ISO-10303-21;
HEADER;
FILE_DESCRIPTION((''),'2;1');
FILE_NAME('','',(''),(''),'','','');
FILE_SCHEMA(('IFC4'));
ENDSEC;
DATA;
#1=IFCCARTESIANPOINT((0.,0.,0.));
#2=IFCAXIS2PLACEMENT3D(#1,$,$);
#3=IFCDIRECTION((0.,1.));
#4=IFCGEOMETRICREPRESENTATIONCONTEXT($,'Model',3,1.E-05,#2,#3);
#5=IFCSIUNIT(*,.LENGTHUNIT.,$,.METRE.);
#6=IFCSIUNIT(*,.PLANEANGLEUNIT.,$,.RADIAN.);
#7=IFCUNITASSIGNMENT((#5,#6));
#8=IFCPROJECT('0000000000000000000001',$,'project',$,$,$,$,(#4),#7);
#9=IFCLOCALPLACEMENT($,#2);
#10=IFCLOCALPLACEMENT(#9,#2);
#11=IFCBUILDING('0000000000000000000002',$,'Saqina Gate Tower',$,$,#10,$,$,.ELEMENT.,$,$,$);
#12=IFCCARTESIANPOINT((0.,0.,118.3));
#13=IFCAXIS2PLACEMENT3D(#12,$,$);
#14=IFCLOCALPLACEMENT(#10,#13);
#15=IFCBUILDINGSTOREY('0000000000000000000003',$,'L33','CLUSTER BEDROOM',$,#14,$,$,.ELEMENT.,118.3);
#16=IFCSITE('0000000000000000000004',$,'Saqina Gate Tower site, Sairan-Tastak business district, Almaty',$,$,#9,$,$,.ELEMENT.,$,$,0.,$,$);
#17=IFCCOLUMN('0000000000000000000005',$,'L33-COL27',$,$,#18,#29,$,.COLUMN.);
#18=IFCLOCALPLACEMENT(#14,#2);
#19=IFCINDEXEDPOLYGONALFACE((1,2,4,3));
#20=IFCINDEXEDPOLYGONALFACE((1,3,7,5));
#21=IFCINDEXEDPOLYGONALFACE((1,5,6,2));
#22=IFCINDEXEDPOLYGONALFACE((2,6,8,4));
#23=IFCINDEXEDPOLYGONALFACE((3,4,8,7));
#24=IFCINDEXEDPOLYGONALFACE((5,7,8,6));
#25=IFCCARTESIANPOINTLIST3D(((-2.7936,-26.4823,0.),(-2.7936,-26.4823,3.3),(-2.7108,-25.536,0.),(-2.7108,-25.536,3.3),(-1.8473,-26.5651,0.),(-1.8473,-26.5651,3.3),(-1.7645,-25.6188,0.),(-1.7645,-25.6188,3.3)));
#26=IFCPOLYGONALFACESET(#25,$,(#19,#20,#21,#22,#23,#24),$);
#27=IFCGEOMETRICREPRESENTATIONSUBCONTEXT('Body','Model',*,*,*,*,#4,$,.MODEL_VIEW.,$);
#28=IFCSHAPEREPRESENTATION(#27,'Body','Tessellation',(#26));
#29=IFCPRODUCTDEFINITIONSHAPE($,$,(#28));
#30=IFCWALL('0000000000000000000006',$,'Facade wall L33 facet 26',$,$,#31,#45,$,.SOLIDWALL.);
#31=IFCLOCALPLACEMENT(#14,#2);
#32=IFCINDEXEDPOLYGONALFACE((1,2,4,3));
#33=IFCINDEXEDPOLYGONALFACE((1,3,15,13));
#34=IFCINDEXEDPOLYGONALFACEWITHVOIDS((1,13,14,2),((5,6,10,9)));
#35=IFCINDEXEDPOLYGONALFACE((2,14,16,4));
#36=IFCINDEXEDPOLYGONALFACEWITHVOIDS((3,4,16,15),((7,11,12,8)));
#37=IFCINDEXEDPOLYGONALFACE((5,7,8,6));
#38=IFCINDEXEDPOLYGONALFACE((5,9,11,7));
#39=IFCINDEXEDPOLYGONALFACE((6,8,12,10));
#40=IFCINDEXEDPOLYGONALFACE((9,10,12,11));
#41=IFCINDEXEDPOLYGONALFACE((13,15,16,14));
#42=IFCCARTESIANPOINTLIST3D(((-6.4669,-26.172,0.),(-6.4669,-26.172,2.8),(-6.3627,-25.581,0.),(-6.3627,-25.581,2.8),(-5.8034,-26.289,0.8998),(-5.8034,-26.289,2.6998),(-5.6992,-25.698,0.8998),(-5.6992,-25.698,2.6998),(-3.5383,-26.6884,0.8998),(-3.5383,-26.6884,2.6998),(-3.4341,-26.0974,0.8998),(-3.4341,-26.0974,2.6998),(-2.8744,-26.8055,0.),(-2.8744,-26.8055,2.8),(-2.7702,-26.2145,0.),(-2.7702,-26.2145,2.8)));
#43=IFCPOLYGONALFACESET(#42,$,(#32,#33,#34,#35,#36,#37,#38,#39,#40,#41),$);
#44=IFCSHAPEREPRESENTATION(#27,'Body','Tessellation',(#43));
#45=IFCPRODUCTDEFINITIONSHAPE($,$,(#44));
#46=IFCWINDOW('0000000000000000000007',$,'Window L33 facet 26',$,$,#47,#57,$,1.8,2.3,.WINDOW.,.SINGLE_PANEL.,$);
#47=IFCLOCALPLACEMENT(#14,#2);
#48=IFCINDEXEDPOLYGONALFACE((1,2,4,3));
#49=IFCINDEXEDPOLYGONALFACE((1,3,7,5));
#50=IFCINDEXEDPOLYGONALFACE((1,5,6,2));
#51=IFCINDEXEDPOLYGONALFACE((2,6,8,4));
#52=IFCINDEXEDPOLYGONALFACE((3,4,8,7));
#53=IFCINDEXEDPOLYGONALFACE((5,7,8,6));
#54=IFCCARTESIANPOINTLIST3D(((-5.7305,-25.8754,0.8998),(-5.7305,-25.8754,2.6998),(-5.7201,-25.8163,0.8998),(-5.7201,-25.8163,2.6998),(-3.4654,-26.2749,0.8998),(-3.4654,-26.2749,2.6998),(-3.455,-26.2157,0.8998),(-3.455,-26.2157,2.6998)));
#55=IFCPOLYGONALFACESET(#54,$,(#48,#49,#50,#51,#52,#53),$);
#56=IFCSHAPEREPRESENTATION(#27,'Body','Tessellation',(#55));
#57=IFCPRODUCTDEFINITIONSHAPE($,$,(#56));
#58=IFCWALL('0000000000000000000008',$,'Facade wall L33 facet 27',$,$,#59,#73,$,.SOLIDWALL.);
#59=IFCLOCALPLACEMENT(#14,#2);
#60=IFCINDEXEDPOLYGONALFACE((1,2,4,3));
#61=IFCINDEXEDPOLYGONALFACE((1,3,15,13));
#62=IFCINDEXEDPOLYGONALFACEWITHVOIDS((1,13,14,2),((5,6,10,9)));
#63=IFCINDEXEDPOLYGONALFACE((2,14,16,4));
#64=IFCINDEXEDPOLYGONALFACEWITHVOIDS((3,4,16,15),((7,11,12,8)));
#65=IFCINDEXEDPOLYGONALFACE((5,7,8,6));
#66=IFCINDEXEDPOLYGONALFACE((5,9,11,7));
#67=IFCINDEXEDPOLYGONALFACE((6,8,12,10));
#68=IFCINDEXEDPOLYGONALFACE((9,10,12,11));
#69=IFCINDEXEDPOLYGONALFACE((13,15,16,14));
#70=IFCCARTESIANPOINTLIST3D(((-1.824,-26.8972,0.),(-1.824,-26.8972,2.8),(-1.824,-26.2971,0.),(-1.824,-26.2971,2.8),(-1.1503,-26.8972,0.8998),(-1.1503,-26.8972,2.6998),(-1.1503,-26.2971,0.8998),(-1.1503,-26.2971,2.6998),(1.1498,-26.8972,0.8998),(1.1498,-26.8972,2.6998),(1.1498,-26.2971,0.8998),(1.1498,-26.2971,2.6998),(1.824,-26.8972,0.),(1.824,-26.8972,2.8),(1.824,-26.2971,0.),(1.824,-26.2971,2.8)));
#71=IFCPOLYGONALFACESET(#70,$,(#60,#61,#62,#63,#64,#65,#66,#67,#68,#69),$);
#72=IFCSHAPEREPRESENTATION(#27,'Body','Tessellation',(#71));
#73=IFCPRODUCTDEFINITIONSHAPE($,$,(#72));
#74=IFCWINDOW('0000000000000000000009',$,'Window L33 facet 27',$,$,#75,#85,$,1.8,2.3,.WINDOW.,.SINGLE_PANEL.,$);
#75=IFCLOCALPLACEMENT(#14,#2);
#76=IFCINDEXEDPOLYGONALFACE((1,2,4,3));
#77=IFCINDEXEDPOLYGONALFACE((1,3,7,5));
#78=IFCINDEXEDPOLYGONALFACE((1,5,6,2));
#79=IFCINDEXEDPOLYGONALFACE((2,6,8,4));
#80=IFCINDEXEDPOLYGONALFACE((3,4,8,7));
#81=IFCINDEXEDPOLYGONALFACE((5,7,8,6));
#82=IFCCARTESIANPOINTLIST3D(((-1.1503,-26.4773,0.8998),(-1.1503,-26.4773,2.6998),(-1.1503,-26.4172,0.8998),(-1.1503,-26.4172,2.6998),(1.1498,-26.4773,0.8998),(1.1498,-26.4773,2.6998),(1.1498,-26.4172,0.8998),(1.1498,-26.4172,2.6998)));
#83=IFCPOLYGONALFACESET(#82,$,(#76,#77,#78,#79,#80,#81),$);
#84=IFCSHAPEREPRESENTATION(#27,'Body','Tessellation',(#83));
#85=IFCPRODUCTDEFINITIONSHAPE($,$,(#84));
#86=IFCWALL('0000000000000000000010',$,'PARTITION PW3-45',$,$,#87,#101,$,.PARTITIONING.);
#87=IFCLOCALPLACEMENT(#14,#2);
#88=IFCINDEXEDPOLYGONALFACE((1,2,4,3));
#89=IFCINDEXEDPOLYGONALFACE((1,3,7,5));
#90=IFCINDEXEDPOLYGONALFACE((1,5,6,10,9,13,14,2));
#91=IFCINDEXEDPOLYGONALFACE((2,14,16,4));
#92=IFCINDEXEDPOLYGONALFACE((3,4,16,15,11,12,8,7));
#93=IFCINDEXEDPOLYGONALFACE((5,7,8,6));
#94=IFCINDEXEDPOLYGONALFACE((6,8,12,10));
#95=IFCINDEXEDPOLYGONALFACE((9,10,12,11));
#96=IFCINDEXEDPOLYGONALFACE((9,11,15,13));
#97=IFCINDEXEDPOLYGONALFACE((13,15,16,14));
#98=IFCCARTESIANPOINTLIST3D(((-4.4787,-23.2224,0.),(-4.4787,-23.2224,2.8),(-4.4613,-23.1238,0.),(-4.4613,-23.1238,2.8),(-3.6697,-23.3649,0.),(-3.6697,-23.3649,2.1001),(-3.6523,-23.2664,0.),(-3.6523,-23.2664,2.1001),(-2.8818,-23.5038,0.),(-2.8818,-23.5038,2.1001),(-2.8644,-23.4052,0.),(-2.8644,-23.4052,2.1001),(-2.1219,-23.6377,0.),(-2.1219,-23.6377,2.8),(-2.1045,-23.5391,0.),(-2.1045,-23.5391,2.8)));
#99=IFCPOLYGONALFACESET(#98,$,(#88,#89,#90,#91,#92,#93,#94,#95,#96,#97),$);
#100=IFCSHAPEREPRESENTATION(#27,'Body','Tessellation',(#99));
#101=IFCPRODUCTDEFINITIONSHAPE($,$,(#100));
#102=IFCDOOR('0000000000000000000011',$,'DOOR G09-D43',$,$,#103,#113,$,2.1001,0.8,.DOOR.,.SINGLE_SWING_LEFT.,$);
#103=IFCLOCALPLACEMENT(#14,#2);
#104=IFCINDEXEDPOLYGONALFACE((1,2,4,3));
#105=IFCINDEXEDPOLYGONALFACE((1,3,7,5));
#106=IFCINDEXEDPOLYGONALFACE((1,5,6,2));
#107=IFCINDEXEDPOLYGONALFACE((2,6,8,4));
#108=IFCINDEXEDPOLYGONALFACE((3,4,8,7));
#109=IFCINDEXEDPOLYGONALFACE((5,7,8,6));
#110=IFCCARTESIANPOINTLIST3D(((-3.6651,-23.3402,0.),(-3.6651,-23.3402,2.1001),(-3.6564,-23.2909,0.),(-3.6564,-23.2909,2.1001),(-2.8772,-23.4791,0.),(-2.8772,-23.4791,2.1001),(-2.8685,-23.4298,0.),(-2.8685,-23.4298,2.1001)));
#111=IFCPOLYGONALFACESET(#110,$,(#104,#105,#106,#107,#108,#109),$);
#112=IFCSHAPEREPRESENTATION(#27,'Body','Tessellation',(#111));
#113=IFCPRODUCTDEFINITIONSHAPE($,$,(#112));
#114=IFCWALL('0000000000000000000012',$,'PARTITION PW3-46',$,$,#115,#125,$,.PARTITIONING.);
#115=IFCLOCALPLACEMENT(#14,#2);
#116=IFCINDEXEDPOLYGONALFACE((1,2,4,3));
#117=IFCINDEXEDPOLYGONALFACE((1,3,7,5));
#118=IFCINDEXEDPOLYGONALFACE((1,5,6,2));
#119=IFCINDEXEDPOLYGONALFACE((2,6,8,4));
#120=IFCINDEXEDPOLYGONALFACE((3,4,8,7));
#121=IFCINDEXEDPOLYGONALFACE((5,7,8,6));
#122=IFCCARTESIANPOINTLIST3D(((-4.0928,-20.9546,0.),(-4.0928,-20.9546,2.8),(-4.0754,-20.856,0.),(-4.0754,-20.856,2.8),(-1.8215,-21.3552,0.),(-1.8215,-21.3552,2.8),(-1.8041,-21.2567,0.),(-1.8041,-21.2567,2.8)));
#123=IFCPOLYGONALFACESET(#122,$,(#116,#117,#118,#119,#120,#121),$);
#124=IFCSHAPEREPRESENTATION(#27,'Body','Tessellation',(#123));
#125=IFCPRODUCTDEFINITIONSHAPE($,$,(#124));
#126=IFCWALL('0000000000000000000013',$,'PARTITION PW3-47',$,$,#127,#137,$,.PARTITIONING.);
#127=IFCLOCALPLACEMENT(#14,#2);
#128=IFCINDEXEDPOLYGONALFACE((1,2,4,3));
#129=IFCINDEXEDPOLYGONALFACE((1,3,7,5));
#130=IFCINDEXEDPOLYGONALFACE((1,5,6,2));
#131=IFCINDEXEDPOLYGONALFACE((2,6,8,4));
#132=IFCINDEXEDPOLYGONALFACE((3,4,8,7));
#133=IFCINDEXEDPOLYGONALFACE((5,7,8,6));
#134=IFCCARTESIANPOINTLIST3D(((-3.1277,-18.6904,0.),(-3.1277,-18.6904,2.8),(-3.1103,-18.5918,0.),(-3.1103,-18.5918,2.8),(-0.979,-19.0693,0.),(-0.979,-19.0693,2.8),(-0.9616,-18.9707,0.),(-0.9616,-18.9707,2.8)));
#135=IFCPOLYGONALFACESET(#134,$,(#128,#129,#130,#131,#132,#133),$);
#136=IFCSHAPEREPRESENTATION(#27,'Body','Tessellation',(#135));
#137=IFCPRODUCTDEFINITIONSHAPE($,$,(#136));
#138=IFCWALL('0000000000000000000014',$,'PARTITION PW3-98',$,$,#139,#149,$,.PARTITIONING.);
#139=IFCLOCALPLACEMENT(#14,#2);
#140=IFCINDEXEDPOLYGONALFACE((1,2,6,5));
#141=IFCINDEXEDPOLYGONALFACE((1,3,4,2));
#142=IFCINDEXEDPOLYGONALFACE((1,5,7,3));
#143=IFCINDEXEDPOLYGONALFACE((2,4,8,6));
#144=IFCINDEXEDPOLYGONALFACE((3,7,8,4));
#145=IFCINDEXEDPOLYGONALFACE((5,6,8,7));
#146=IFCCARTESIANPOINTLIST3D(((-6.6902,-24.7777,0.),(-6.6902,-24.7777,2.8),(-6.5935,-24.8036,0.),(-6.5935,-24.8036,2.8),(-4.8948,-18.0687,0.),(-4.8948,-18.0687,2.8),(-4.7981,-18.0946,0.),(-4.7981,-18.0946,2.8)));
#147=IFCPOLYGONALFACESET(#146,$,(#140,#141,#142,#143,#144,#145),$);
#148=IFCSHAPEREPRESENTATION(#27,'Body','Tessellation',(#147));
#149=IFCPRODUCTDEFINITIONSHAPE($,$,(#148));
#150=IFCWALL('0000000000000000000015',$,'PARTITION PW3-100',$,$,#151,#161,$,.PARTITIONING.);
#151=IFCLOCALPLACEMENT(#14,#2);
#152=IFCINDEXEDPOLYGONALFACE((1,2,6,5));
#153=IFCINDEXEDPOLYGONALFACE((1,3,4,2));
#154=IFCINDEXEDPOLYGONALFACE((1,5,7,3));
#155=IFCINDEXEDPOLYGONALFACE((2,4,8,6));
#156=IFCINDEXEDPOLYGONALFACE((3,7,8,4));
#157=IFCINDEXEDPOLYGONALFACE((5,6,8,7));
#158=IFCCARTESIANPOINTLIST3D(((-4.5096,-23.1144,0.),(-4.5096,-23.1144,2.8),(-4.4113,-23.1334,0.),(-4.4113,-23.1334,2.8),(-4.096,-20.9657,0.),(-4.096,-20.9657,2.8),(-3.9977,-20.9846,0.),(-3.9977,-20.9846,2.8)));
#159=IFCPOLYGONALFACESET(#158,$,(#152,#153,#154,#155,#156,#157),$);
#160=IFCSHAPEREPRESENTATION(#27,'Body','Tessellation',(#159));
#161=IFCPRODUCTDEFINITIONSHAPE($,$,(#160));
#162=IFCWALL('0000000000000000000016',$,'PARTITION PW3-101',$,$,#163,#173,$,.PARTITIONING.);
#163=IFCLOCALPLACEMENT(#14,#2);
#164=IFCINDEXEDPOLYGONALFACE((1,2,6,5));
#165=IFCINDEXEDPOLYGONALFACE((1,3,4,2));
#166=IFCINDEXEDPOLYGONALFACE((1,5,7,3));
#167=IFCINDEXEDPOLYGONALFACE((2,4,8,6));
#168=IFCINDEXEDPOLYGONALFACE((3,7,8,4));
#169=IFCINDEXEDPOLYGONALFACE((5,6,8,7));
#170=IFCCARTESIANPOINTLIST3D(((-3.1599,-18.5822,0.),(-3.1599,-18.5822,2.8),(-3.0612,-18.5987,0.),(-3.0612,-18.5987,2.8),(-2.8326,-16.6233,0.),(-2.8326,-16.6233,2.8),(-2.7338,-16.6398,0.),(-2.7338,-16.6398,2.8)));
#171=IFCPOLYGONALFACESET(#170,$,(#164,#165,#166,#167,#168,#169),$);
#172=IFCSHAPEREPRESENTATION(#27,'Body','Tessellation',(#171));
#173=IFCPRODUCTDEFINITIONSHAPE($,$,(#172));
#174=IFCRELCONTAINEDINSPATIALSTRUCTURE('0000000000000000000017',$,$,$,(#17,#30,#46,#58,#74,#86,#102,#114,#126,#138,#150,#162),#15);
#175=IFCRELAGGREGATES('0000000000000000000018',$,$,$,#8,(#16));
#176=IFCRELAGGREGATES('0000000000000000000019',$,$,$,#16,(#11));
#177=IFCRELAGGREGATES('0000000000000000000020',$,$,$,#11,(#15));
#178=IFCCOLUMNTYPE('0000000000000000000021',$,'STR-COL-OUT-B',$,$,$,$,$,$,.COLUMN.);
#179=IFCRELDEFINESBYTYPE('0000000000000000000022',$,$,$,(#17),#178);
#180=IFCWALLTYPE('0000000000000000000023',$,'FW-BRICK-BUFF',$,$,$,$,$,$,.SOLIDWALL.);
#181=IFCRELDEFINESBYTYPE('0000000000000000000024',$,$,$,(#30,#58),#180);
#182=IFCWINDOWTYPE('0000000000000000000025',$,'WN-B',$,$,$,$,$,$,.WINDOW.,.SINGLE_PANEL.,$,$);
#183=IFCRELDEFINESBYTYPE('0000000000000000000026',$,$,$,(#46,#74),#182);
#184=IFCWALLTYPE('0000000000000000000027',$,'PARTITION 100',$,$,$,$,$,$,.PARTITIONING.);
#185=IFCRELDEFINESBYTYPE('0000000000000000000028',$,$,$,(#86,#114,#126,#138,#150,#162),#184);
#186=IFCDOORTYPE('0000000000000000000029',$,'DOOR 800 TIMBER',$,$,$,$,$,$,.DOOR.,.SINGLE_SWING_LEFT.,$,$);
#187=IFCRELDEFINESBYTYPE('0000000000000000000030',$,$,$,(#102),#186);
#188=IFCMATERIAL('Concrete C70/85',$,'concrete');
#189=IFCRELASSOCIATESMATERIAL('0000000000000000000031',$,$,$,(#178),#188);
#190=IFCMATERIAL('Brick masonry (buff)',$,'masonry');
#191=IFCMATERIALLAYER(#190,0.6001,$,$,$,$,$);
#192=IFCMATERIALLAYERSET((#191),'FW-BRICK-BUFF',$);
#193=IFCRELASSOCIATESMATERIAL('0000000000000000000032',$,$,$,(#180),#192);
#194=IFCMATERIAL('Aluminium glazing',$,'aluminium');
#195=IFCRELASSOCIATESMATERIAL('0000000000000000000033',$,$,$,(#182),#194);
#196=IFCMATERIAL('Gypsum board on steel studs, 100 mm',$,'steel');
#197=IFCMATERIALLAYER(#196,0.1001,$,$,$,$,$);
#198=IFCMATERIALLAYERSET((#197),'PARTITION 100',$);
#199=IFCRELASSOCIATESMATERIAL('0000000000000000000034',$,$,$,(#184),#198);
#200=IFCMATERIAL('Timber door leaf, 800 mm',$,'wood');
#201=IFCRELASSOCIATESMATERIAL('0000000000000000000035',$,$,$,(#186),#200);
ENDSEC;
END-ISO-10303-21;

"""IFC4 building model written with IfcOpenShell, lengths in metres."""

from ifc_helpers import new_model, si_unit, direction, frame, frame_2d, origin, origin_2d, place, context, subcontext, project, spatial, rectangle, extrude, material, layer, layer_set, material_profile, profile_set, type_object, element, fill, save


model = new_model("IFC4")

# Units and contexts
model_context = context("Model", 3, precision=1e-05, world=origin(), true_north=direction((0.0, 1.0)))
body_context = subcontext(model_context, "Body", "Model", "MODEL_VIEW")
ifc_project = project(units=[si_unit("LENGTHUNIT", "METRE"), si_unit("PLANEANGLEUNIT", "RADIAN")], contexts=[model_context])

# Site, building, storey
site_placement = place(None, origin())
site = spatial("IfcSite", under=ifc_project, at=site_placement, Name="Saqina Gate Tower site, Sairan-Tastak business district, Almaty", CompositionType="ELEMENT", RefElevation=0.0)
building_placement = place(site_placement, origin())
building = spatial("IfcBuilding", under=site, at=building_placement, Name="Saqina Gate Tower", CompositionType="ELEMENT")
storey_placement = place(building_placement, frame((0.0, 0.0, 118.3)))
storey = spatial("IfcBuildingStorey", under=building, at=storey_placement, Name="L33", Description="CLUSTER BEDROOM", CompositionType="ELEMENT", Elevation=118.3)

# Column
ifc_material_1 = material(Name="Concrete C70/85", Category="concrete")
ifc_material_profile = material_profile(ifc_material_1, rectangle(XDim=0.95, YDim=0.95, at=origin_2d()), Name="RC 950x950")
ifc_profile_set = profile_set([ifc_material_profile], Name="Concrete C70/85")
column_type = type_object("IfcColumnType", Name="STR-COL-OUT-B", PredefinedType="COLUMN", material=ifc_profile_set)
column_placement = place(storey_placement, frame((-2.2791, -26.0505, 0.0), z_axis=(0.0, 0.0, 1.0), x_axis=(-0.087156, -0.996195, 0.0)))
element("IfcColumn", 1, at=column_placement, inside=storey, type_object=column_type, Name="L33-COL27", PredefinedType="COLUMN", context=body_context, shape_type="SweptSolid", body=[
    extrude(rectangle(XDim=0.95, YDim=0.95, at=origin_2d()), origin(), (0.0, 0.0, 1.0), 3.3),
])

# Walls, openings, windows
ifc_material_2 = material(Name="Brick masonry (buff)", Category="masonry")
ifc_layer_1 = layer(ifc_material_2, 0.6001)
ifc_layer_set_1 = layer_set([ifc_layer_1], Name="FW-BRICK-BUFF")
wall_type_1 = type_object("IfcWallType", Name="FW-BRICK-BUFF", PredefinedType="SOLIDWALL", material=ifc_layer_set_1)
wall_1_placement = place(storey_placement, frame((-6.4148, -25.8765, 0.0), z_axis=(0.0, 0.0, 1.0), x_axis=(0.984804, -0.173671, 0.0)))
wall_1 = element("IfcWall", 2, at=wall_1_placement, inside=storey, type_object=wall_type_1, Name="Facade wall L33 facet 26", PredefinedType="SOLIDWALL", context=body_context, shape_type="SweptSolid", body=[
    extrude(rectangle(XDim=3.6479, YDim=0.6001, at=frame_2d((1.824, 0.0))), origin(), (0.0, 0.0, 1.0), 2.8),
])
opening_1_placement = place(wall_1_placement, frame((0.6738, 0.0, 0.8999)))
opening_1 = element("IfcOpeningElement", 3, at=opening_1_placement, cuts=wall_1, PredefinedType="OPENING", context=body_context, shape_type="SweptSolid", body=[
    extrude(rectangle(XDim=2.3, YDim=1.8, at=frame_2d((1.1499, 0.8999))), frame((0.0, 0.312, 0.0), z_axis=(0.0, -1.0, 0.0), x_axis=(1.0, 0.0, 0.0)), (0.0, 0.0, 1.0), 0.624),
])
ifc_material_3 = material(Name="Aluminium glazing", Category="aluminium")
window_type = type_object("IfcWindowType", Name="WN-B", PartitioningType="SINGLE_PANEL", PredefinedType="WINDOW", material=ifc_material_3)
window_1_placement = place(opening_1_placement, origin())
window_1 = element("IfcWindow", 4, at=window_1_placement, inside=storey, type_object=window_type, Name="Window L33 facet 26", OverallHeight=1.8, OverallWidth=2.3, PartitioningType="SINGLE_PANEL", PredefinedType="WINDOW", context=body_context, shape_type="SweptSolid", body=[
    extrude(rectangle(XDim=2.3, YDim=1.8, at=frame_2d((1.1499, 0.8999))), frame((0.0, 0.1799, 0.0), z_axis=(0.0, -1.0, 0.0), x_axis=(1.0, 0.0, 0.0)), (0.0, 0.0, 1.0), 0.0601),
])
fill(opening_1, window_1)
wall_2_placement = place(storey_placement, frame((-1.824, -26.5972, 0.0), z_axis=(0.0, 0.0, 1.0), x_axis=(1.0, 0.0, 0.0)))
wall_2 = element("IfcWall", 5, at=wall_2_placement, inside=storey, type_object=wall_type_1, Name="Facade wall L33 facet 27", PredefinedType="SOLIDWALL", context=body_context, shape_type="SweptSolid", body=[
    extrude(rectangle(XDim=3.6479, YDim=0.6001, at=frame_2d((1.824, 0.0))), origin(), (0.0, 0.0, 1.0), 2.8),
])
opening_2_placement = place(wall_2_placement, frame((0.6738, 0.0, 0.8999)))
opening_2 = element("IfcOpeningElement", 6, at=opening_2_placement, cuts=wall_2, PredefinedType="OPENING", context=body_context, shape_type="SweptSolid", body=[
    extrude(rectangle(XDim=2.3, YDim=1.8, at=frame_2d((1.1499, 0.8999))), frame((0.0, 0.312, 0.0), z_axis=(0.0, -1.0, 0.0), x_axis=(1.0, 0.0, 0.0)), (0.0, 0.0, 1.0), 0.624),
])
window_2_placement = place(opening_2_placement, origin())
window_2 = element("IfcWindow", 7, at=window_2_placement, inside=storey, type_object=window_type, Name="Window L33 facet 27", OverallHeight=1.8, OverallWidth=2.3, PartitioningType="SINGLE_PANEL", PredefinedType="WINDOW", context=body_context, shape_type="SweptSolid", body=[
    extrude(rectangle(XDim=2.3, YDim=1.8, at=frame_2d((1.1499, 0.8999))), frame((0.0, 0.1799, 0.0), z_axis=(0.0, -1.0, 0.0), x_axis=(1.0, 0.0, 0.0)), (0.0, 0.0, 1.0), 0.0601),
])
fill(opening_2, window_2)

# Wall, opening, door
ifc_material_4 = material(Name="Gypsum board on steel studs, 100 mm", Category="steel")
ifc_layer_2 = layer(ifc_material_4, 0.1001)
ifc_layer_set_2 = layer_set([ifc_layer_2], Name="PARTITION 100")
wall_type_2 = type_object("IfcWallType", Name="PARTITION 100", PredefinedType="PARTITIONING", material=ifc_layer_set_2)
wall_3_placement = place(storey_placement, frame((-4.47, -23.1731, 0.0), z_axis=(0.0, 0.0, 1.0), x_axis=(0.984827, -0.173541, 0.0)))
wall_3 = element("IfcWall", 8, at=wall_3_placement, inside=storey, type_object=wall_type_2, Name="PARTITION PW3-45", PredefinedType="PARTITIONING", context=body_context, shape_type="SweptSolid", body=[
    extrude(rectangle(XDim=2.3931, YDim=0.1001, at=frame_2d((1.1965, 0.0))), origin(), (0.0, 0.0, 1.0), 2.8),
])
opening_3_placement = place(wall_3_placement, frame((0.8215, 0.0, 0.0)))
opening_3 = element("IfcOpeningElement", 9, at=opening_3_placement, cuts=wall_3, PredefinedType="OPENING", context=body_context, shape_type="SweptSolid", body=[
    extrude(rectangle(XDim=0.8, YDim=2.1001, at=frame_2d((0.3999, 1.05))), frame((0.0, 0.062, 0.0), z_axis=(0.0, -1.0, 0.0), x_axis=(1.0, 0.0, 0.0)), (0.0, 0.0, 1.0), 0.124),
])
ifc_material_5 = material(Name="Timber door leaf, 800 mm", Category="wood")
door_type_1 = type_object("IfcDoorType", Name="DOOR 800 TIMBER", OperationType="SINGLE_SWING_LEFT", PredefinedType="DOOR", material=ifc_material_5)
door_1_placement = place(opening_3_placement, frame((0.8, 0.0, 0.0), z_axis=(0.0, 0.0, 1.0), x_axis=(-1.0, 0.0, 0.0)))
door_1 = element("IfcDoor", 10, at=door_1_placement, inside=storey, type_object=door_type_1, Name="DOOR G09-D43", OperationType="SINGLE_SWING_LEFT", OverallHeight=2.1001, OverallWidth=0.8, PredefinedType="DOOR", context=body_context, shape_type="SweptSolid", body=[
    extrude(rectangle(XDim=0.8, YDim=2.1001, at=frame_2d((0.3999, 1.05))), frame((0.0, 0.0249, 0.0), z_axis=(0.0, -1.0, 0.0), x_axis=(1.0, 0.0, 0.0)), (0.0, 0.0, 1.0), 0.05),
])
fill(opening_3, door_1)

# Walls
wall_4_placement = place(storey_placement, frame((-4.0842, -20.9053, 0.0), z_axis=(0.0, 0.0, 1.0), x_axis=(0.984796, -0.173713, 0.0)))
element("IfcWall", 11, at=wall_4_placement, inside=storey, type_object=wall_type_2, Name="PARTITION PW3-46", PredefinedType="PARTITIONING", context=body_context, shape_type="SweptSolid", body=[
    extrude(rectangle(XDim=2.3064, YDim=0.1001, at=frame_2d((1.1533, 0.0))), origin(), (0.0, 0.0, 1.0), 2.8),
])
wall_5_placement = place(storey_placement, frame((-3.1189, -18.6411, 0.0), z_axis=(0.0, 0.0, 1.0), x_axis=(0.984805, -0.173664, 0.0)))
element("IfcWall", 12, at=wall_5_placement, inside=storey, type_object=wall_type_2, Name="PARTITION PW3-47", PredefinedType="PARTITIONING", context=body_context, shape_type="SweptSolid", body=[
    extrude(rectangle(XDim=2.1819, YDim=0.1001, at=frame_2d((1.0908, 0.0))), origin(), (0.0, 0.0, 1.0), 2.8),
])
wall_6_placement = place(storey_placement, frame((-6.6418, -24.7908, 0.0), z_axis=(0.0, 0.0, 1.0), x_axis=(0.258516, 0.966007, 0.0)))
element("IfcWall", 13, at=wall_6_placement, inside=storey, type_object=wall_type_2, Name="PARTITION PW3-98", PredefinedType="PARTITIONING", context=body_context, shape_type="SweptSolid", body=[
    extrude(rectangle(XDim=6.9451, YDim=0.1001, at=frame_2d((3.4727, 0.0))), origin(), (0.0, 0.0, 1.0), 2.8),
])
wall_7_placement = place(storey_placement, frame((-4.4604, -23.124, 0.0), z_axis=(0.0, 0.0, 1.0), x_axis=(0.189009, 0.981975, 0.0)))
element("IfcWall", 14, at=wall_7_placement, inside=storey, type_object=wall_type_2, Name="PARTITION PW3-100", PredefinedType="PARTITIONING", context=body_context, shape_type="SweptSolid", body=[
    extrude(rectangle(XDim=2.1882, YDim=0.1001, at=frame_2d((1.0942, 0.0))), origin(), (0.0, 0.0, 1.0), 2.8),
])
wall_8_placement = place(storey_placement, frame((-3.1106, -18.5906, 0.0), z_axis=(0.0, 0.0, 1.0), x_axis=(0.164838, 0.986321, 0.0)))
element("IfcWall", 15, at=wall_8_placement, inside=storey, type_object=wall_type_2, Name="PARTITION PW3-101", PredefinedType="PARTITIONING", context=body_context, shape_type="SweptSolid", body=[
    extrude(rectangle(XDim=1.9861, YDim=0.1001, at=frame_2d((0.9932, 0.0))), origin(), (0.0, 0.0, 1.0), 2.8),
])

save(model, "model.ifc")
